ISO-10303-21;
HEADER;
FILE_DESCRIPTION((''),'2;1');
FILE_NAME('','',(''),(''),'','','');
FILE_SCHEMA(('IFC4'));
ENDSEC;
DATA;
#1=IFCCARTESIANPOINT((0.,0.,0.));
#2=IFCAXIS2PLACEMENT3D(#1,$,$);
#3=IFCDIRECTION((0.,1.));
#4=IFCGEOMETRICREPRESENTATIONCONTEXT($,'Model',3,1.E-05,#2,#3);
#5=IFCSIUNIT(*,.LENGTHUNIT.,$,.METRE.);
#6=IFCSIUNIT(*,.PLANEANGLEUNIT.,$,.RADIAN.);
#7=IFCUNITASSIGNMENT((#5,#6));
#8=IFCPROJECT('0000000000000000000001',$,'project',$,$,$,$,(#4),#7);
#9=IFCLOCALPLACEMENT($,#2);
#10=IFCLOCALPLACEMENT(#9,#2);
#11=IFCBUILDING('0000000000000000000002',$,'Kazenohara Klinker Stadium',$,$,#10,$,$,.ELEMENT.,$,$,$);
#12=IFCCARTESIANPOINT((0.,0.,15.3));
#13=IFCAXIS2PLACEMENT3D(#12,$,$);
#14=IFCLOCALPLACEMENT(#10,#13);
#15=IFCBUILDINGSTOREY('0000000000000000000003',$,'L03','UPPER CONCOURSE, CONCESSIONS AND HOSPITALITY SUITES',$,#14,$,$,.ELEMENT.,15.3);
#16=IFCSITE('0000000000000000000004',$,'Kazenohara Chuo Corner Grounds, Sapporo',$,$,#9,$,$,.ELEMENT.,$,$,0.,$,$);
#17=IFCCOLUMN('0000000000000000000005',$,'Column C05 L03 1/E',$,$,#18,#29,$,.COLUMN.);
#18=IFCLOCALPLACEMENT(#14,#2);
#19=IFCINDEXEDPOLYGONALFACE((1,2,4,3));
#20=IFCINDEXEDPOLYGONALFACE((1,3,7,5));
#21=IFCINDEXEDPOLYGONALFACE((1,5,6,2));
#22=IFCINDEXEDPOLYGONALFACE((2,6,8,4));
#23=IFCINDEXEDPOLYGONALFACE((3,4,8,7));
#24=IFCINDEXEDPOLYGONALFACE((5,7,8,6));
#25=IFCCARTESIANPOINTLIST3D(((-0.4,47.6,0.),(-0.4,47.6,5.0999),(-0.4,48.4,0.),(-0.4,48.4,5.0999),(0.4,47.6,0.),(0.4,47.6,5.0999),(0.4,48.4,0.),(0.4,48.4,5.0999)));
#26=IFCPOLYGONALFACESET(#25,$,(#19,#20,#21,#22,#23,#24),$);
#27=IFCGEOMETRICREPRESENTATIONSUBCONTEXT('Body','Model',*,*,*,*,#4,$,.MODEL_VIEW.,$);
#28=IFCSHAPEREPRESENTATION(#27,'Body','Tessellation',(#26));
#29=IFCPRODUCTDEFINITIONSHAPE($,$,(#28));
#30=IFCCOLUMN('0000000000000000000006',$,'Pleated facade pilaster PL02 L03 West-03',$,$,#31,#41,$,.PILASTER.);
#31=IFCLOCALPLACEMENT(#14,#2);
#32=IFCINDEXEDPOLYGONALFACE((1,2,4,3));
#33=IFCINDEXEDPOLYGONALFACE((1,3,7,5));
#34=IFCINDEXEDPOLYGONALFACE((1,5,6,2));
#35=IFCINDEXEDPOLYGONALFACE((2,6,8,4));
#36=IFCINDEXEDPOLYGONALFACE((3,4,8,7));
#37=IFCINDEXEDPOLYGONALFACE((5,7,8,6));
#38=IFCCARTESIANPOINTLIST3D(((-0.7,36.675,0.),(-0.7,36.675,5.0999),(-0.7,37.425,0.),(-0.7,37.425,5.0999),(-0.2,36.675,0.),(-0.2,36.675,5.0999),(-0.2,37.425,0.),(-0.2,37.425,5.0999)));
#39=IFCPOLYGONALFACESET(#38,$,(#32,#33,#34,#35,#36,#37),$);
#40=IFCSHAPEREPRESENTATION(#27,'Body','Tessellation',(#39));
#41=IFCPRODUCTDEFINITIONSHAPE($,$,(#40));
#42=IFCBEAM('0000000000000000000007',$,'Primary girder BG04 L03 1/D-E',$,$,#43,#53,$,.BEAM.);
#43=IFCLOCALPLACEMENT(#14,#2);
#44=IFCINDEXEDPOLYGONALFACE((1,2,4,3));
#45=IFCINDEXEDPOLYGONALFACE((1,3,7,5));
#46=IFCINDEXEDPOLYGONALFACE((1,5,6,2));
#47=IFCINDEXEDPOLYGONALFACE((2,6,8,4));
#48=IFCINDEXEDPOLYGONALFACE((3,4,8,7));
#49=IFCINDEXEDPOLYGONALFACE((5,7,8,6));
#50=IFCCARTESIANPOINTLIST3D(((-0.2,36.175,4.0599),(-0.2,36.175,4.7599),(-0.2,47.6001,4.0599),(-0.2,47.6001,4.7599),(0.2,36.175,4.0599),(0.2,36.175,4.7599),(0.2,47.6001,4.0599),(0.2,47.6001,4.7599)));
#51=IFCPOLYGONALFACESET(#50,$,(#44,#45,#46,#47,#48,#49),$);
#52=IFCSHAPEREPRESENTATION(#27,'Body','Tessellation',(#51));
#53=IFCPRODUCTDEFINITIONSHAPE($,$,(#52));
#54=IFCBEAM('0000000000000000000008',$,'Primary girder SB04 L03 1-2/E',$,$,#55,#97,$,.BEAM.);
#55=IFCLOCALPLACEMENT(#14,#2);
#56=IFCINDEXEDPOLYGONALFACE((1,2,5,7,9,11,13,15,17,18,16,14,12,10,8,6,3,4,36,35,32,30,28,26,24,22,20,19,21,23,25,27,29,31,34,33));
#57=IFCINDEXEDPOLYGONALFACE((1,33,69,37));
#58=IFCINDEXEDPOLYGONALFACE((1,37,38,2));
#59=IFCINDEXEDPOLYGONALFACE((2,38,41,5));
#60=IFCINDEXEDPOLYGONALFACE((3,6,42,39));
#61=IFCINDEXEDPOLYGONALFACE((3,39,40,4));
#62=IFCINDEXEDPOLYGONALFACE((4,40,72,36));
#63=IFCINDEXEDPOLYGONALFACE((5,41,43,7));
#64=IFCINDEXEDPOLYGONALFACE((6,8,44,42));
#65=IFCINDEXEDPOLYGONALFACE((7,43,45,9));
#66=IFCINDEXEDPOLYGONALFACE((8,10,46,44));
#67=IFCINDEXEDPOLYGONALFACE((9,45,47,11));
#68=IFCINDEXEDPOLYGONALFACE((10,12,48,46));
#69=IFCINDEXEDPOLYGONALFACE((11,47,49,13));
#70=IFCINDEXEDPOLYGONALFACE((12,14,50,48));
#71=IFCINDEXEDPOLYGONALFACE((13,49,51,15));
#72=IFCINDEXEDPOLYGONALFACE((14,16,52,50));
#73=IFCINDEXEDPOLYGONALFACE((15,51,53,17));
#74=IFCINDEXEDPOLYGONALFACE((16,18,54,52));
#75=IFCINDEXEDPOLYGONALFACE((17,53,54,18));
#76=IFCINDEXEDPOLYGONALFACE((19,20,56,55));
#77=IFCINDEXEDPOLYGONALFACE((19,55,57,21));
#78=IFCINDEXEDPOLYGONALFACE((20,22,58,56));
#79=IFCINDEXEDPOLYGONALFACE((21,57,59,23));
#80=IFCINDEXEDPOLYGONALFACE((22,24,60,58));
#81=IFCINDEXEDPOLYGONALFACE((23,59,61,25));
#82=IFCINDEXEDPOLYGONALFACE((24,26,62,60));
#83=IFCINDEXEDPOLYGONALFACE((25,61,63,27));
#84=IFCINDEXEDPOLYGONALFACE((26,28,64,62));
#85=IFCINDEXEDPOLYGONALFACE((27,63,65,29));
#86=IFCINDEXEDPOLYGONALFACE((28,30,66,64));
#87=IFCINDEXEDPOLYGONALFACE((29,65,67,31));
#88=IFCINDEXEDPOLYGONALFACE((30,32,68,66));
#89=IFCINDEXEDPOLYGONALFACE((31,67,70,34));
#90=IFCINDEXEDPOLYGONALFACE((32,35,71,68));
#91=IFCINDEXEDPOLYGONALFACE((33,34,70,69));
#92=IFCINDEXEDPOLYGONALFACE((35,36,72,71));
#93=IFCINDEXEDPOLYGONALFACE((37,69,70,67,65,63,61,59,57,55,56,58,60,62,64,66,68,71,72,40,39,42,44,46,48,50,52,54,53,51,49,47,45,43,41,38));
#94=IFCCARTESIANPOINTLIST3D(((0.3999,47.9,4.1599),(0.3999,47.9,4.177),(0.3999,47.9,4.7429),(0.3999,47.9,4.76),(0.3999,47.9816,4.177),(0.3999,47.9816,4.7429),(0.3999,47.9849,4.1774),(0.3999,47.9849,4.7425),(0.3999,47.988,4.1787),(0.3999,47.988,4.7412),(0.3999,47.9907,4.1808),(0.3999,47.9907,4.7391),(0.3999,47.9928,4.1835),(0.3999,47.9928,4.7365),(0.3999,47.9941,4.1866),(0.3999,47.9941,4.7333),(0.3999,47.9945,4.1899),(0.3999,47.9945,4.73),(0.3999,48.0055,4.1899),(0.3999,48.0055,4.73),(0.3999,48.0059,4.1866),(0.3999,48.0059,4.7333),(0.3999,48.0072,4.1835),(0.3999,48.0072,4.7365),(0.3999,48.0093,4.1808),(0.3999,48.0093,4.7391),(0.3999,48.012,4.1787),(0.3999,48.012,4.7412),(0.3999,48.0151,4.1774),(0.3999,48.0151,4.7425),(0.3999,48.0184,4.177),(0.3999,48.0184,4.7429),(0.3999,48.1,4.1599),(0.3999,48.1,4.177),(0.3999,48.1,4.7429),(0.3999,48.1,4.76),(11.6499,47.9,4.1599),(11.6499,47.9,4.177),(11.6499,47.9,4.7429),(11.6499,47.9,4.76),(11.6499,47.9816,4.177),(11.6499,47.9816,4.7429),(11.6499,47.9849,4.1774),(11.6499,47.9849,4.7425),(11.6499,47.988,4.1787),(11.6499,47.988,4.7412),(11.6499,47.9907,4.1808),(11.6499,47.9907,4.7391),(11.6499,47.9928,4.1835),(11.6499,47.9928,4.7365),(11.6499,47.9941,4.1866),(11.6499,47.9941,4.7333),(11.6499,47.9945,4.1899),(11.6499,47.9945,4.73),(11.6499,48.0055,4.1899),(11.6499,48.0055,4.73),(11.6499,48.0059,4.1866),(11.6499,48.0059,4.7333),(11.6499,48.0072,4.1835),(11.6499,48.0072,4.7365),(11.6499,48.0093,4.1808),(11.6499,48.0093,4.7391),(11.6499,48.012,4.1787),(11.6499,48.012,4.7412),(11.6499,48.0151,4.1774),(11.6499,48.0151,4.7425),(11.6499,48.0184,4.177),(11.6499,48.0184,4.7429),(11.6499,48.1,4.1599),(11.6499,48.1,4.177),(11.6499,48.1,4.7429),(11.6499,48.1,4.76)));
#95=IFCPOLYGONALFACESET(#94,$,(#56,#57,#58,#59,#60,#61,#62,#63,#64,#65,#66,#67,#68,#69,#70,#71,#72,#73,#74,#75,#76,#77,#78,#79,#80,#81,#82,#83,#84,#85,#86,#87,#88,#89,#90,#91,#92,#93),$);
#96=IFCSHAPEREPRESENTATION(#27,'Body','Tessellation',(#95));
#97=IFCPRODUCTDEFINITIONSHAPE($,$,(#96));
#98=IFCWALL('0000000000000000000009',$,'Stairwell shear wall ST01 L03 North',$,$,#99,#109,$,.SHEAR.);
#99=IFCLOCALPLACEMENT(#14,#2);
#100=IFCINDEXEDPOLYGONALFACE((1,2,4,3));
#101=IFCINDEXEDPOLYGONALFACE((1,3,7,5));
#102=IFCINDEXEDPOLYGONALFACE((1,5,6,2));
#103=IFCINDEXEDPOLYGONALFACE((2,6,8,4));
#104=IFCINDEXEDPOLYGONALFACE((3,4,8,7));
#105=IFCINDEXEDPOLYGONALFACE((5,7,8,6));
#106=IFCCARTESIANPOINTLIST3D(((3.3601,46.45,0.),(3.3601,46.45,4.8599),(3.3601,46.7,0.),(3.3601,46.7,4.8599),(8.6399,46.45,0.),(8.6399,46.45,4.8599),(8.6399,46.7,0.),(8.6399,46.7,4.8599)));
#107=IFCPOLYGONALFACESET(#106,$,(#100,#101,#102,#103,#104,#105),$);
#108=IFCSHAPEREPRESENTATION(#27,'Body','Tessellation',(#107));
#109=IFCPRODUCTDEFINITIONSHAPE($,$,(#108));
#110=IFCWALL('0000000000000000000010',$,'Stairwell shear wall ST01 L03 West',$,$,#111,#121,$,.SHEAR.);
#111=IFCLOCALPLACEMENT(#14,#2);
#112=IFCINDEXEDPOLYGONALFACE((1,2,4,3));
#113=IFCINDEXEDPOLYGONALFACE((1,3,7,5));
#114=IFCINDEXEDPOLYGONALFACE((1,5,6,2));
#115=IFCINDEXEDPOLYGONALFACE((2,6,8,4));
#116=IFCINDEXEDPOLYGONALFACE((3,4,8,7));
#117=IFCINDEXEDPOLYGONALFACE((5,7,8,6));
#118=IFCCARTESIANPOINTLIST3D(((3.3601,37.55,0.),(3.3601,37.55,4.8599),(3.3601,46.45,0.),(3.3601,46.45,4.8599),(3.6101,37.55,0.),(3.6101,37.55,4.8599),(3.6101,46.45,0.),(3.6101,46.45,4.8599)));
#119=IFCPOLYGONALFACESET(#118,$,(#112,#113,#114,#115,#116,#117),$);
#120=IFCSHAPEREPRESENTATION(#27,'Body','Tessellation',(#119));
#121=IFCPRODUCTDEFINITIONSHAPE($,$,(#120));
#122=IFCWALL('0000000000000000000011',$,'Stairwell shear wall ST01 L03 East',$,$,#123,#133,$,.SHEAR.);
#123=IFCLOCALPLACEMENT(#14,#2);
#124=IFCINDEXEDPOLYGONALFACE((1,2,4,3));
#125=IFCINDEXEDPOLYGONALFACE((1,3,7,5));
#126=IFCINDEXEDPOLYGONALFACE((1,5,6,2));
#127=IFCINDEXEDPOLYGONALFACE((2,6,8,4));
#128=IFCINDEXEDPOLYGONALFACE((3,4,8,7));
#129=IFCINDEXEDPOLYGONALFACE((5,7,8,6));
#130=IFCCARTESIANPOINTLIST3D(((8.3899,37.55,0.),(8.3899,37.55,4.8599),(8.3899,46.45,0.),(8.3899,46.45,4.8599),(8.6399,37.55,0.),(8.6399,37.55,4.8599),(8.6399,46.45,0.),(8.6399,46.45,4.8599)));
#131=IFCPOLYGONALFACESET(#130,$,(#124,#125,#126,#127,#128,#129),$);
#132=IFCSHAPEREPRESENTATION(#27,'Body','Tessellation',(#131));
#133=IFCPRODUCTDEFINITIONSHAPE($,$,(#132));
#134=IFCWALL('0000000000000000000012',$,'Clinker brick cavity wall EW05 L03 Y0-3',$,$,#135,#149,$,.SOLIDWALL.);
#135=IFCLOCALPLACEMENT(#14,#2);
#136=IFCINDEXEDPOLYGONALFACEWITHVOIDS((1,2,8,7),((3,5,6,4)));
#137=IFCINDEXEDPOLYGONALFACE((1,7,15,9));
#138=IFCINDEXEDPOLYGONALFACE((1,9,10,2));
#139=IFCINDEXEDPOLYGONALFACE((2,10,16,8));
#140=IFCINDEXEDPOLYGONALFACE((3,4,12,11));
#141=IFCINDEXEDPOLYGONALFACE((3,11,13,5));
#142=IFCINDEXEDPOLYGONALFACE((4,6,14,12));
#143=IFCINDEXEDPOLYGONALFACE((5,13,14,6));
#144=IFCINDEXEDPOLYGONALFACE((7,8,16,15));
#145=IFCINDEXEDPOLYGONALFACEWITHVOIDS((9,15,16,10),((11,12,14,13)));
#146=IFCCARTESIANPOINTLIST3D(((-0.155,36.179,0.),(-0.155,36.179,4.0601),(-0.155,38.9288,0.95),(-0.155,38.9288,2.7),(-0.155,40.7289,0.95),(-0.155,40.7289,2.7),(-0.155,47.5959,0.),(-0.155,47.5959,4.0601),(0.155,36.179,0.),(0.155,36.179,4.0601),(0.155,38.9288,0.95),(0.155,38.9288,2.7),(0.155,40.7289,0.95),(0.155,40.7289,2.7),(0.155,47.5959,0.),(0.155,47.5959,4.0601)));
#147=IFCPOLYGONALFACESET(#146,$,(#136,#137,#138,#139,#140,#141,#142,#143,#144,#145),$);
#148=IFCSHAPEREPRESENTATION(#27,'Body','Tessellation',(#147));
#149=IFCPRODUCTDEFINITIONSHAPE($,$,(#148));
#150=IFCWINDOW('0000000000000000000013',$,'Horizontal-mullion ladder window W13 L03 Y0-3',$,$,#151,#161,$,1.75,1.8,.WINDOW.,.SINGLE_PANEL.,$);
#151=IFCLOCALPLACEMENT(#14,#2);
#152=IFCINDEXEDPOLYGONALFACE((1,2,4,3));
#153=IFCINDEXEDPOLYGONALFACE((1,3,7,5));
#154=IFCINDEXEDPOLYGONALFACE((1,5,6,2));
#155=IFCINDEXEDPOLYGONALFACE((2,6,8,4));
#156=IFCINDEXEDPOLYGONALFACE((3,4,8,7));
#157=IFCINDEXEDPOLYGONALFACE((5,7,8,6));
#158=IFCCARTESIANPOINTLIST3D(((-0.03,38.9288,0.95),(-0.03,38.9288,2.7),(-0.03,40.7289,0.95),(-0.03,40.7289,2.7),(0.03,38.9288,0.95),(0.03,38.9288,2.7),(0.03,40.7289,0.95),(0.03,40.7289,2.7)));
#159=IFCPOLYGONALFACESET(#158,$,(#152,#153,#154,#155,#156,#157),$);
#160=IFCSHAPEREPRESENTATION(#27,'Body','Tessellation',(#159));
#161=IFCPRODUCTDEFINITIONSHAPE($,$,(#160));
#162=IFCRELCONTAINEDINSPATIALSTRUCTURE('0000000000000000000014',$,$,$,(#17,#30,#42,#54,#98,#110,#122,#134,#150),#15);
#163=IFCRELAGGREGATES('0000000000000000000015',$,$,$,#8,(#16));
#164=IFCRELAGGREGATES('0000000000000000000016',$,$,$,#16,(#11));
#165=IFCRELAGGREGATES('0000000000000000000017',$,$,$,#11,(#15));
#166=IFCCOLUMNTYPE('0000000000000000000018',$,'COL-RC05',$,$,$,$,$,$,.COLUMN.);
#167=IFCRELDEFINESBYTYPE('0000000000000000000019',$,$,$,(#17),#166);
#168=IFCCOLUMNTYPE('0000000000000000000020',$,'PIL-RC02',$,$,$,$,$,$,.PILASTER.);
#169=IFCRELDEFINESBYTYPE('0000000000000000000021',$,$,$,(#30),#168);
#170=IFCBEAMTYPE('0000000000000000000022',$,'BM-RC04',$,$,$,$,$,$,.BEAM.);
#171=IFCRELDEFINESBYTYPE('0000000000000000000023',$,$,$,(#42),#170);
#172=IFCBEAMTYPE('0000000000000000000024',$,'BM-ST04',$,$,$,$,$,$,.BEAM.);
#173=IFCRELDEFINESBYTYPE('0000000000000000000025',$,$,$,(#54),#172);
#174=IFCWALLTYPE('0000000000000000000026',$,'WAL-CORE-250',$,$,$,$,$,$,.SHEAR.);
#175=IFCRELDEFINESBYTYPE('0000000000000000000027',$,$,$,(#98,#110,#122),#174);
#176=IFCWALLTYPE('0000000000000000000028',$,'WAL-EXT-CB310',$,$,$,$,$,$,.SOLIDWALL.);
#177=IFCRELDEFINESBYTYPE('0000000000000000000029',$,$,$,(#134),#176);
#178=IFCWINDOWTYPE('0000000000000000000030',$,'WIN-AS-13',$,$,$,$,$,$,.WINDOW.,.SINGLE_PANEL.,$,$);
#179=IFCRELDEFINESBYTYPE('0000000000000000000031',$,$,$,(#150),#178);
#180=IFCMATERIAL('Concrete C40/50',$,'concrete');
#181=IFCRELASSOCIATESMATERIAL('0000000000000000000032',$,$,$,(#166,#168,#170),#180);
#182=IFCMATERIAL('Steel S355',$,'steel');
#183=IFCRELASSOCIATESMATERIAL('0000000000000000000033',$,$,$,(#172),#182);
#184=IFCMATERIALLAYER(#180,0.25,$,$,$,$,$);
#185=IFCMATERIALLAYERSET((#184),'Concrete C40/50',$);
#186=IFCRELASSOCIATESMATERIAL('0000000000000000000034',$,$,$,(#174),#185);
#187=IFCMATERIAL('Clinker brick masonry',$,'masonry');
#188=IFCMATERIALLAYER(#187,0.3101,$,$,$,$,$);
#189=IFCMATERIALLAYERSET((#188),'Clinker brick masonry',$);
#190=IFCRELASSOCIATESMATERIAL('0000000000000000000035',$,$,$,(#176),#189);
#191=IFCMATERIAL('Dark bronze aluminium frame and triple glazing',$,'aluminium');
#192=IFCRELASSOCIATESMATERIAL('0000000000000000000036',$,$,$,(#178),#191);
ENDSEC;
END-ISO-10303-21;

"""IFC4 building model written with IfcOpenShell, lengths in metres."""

from ifc_helpers import new_model, si_unit, direction, frame, frame_2d, origin, origin_2d, place, context, subcontext, project, spatial, rectangle, i_section, extrude, material, layer, layer_set, material_profile, profile_set, type_object, element, fill, save


model = new_model("IFC4")

# Units and contexts
model_context = context("Model", 3, precision=1e-05, world=origin(), true_north=direction((0.0, 1.0)))
body_context = subcontext(model_context, "Body", "Model", "MODEL_VIEW")
ifc_project = project(units=[si_unit("LENGTHUNIT", "METRE"), si_unit("PLANEANGLEUNIT", "RADIAN")], contexts=[model_context])

# Site, building, storey
site_placement = place(None, origin())
site = spatial("IfcSite", under=ifc_project, at=site_placement, Name="Kazenohara Chuo Corner Grounds, Sapporo", CompositionType="ELEMENT", RefElevation=0.0)
building_placement = place(site_placement, origin())
building = spatial("IfcBuilding", under=site, at=building_placement, Name="Kazenohara Klinker Stadium", CompositionType="ELEMENT")
storey_placement = place(building_placement, frame((0.0, 0.0, 15.3)))
storey = spatial("IfcBuildingStorey", under=building, at=storey_placement, Name="L03", Description="UPPER CONCOURSE, CONCESSIONS AND HOSPITALITY SUITES", CompositionType="ELEMENT", Elevation=15.3)

# Columns
ifc_material_1 = material(Name="Concrete C40/50", Category="concrete")
ifc_material_profile_1 = material_profile(ifc_material_1, rectangle(XDim=0.8, YDim=0.8, at=origin_2d()), Name="RC-COL-800x800")
ifc_profile_set_1 = profile_set([ifc_material_profile_1], Name="Concrete C40/50")
column_type_1 = type_object("IfcColumnType", Name="COL-RC05", PredefinedType="COLUMN", material=ifc_profile_set_1)
column_1_placement = place(storey_placement, frame((0.0, 48.0, 0.0), z_axis=(0.0, 0.0, 1.0), x_axis=(1.0, 0.0, 0.0)))
element("IfcColumn", 1, at=column_1_placement, inside=storey, type_object=column_type_1, Name="Column C05 L03 1/E", PredefinedType="COLUMN", context=body_context, shape_type="SweptSolid", body=[
    extrude(rectangle(XDim=0.8, YDim=0.8, at=origin_2d()), origin(), (0.0, 0.0, 1.0), 5.0999),
])
ifc_material_profile_2 = material_profile(ifc_material_1, rectangle(XDim=0.5, YDim=0.75, at=origin_2d()), Name="RC-PILASTER-500x750")
ifc_profile_set_2 = profile_set([ifc_material_profile_2], Name="Concrete C40/50")
column_type_2 = type_object("IfcColumnType", Name="PIL-RC02", PredefinedType="PILASTER", material=ifc_profile_set_2)
column_2_placement = place(storey_placement, frame((-0.45, 37.05, 0.0), z_axis=(0.0, 0.0, 1.0), x_axis=(1.0, 0.0, 0.0)))
element("IfcColumn", 2, at=column_2_placement, inside=storey, type_object=column_type_2, Name="Pleated facade pilaster PL02 L03 West-03", PredefinedType="PILASTER", context=body_context, shape_type="SweptSolid", body=[
    extrude(rectangle(XDim=0.5, YDim=0.75, at=origin_2d()), origin(), (0.0, 0.0, 1.0), 5.0999),
])

# Beams
ifc_material_profile_3 = material_profile(ifc_material_1, rectangle(XDim=0.3999, YDim=0.7, at=origin_2d()), Name="RC-BM-400x700")
ifc_profile_set_3 = profile_set([ifc_material_profile_3], Name="Concrete C40/50")
beam_type_1 = type_object("IfcBeamType", Name="BM-RC04", PredefinedType="BEAM", material=ifc_profile_set_3)
beam_1_placement = place(storey_placement, frame((0.0, 36.175, 4.4099), z_axis=(0.0, 1.0, 0.0), x_axis=(-1.0, 0.0, 0.0)))
element("IfcBeam", 3, at=beam_1_placement, inside=storey, type_object=beam_type_1, Name="Primary girder BG04 L03 1/D-E", PredefinedType="BEAM", context=body_context, shape_type="SweptSolid", body=[
    extrude(rectangle(XDim=0.3999, YDim=0.7, at=origin_2d()), origin(), (0.0, 0.0, 1.0), 11.425),
])
ifc_material_2 = material(Name="Steel S355", Category="steel")
ifc_material_profile_4 = material_profile(ifc_material_2, i_section(OverallWidth=0.2, OverallDepth=0.6001, WebThickness=0.011, FlangeThickness=0.0171, FilletRadius=0.0129, at=origin_2d()), Name="H-600x200x11x17")
ifc_profile_set_4 = profile_set([ifc_material_profile_4], Name="Steel S355")
beam_type_2 = type_object("IfcBeamType", Name="BM-ST04", PredefinedType="BEAM", material=ifc_profile_set_4)
beam_2_placement = place(storey_placement, frame((0.3999, 48.0, 4.46), z_axis=(1.0, 0.0, 0.0), x_axis=(0.0, 1.0, 0.0)))
element("IfcBeam", 4, at=beam_2_placement, inside=storey, type_object=beam_type_2, Name="Primary girder SB04 L03 1-2/E", PredefinedType="BEAM", context=body_context, shape_type="SweptSolid", body=[
    extrude(i_section(OverallWidth=0.2, OverallDepth=0.6001, WebThickness=0.011, FlangeThickness=0.0171, FilletRadius=0.0129, at=origin_2d()), origin(), (0.0, 0.0, 1.0), 11.25),
])

# Shared definitions
ifc_layer_1 = layer(ifc_material_1, 0.25)
ifc_layer_set_1 = layer_set([ifc_layer_1], Name="Concrete C40/50")
wall_type_1 = type_object("IfcWallType", Name="WAL-CORE-250", PredefinedType="SHEAR", material=ifc_layer_set_1)

# Walls
wall_1_placement = place(storey_placement, frame((3.3601, 46.575, 0.0), z_axis=(0.0, 0.0, 1.0), x_axis=(1.0, 0.0, 0.0)))
element("IfcWall", 5, at=wall_1_placement, inside=storey, type_object=wall_type_1, Name="Stairwell shear wall ST01 L03 North", PredefinedType="SHEAR", context=body_context, shape_type="SweptSolid", body=[
    extrude(rectangle(XDim=5.2798, YDim=0.25, at=frame_2d((2.6399, 0.0))), origin(), (0.0, 0.0, 1.0), 4.8599),
])
for number, where, z_axis, x_axis, name in (
    (6, (3.4851, 37.55, 0.0), (0.0, 0.0, 1.0), (0.0, 1.0, 0.0), "Stairwell shear wall ST01 L03 West"),
    (7, (8.5149, 37.55, 0.0), (0.0, 0.0, 1.0), (0.0, 1.0, 0.0), "Stairwell shear wall ST01 L03 East"),
):
    element("IfcWall", number, at=place(storey_placement, frame(where, z_axis=z_axis, x_axis=x_axis)), inside=storey, type_object=wall_type_1, Name=name, PredefinedType="SHEAR", context=body_context, shape_type="SweptSolid", body=[
        extrude(rectangle(XDim=8.8999, YDim=0.25, at=frame_2d((4.45, 0.0))), origin(), (0.0, 0.0, 1.0), 4.8599),
    ])

# Wall, opening, window
ifc_material_3 = material(Name="Clinker brick masonry", Category="masonry")
ifc_layer_2 = layer(ifc_material_3, 0.3101)
ifc_layer_set_2 = layer_set([ifc_layer_2], Name="Clinker brick masonry")
wall_type_2 = type_object("IfcWallType", Name="WAL-EXT-CB310", PredefinedType="SOLIDWALL", material=ifc_layer_set_2)
wall_2_placement = place(storey_placement, frame((0.0, 36.179, 0.0), z_axis=(0.0, 0.0, 1.0), x_axis=(0.0, 1.0, 0.0)))
wall_2 = element("IfcWall", 8, at=wall_2_placement, inside=storey, type_object=wall_type_2, Name="Clinker brick cavity wall EW05 L03 Y0-3", PredefinedType="SOLIDWALL", context=body_context, shape_type="SweptSolid", body=[
    extrude(rectangle(XDim=11.417, YDim=0.3101, at=frame_2d((5.7085, 0.0))), origin(), (0.0, 0.0, 1.0), 4.0601),
])
opening_1_placement = place(wall_2_placement, frame((2.75, 0.0, 0.95)))
opening_1 = element("IfcOpeningElement", 9, at=opening_1_placement, cuts=wall_2, PredefinedType="OPENING", context=body_context, shape_type="SweptSolid", body=[
    extrude(rectangle(XDim=1.8, YDim=1.75, at=frame_2d((0.8999, 0.875))), frame((0.0, 0.165, 0.0), z_axis=(0.0, -1.0, 0.0), x_axis=(1.0, 0.0, 0.0)), (0.0, 0.0, 1.0), 0.3301),
])
ifc_material_4 = material(Name="Dark bronze aluminium frame and triple glazing", Category="aluminium")
window_type = type_object("IfcWindowType", Name="WIN-AS-13", PartitioningType="SINGLE_PANEL", PredefinedType="WINDOW", material=ifc_material_4)
window_placement = place(opening_1_placement, origin())
window = element("IfcWindow", 10, at=window_placement, inside=storey, type_object=window_type, Name="Horizontal-mullion ladder window W13 L03 Y0-3", OverallHeight=1.75, OverallWidth=1.8, PartitioningType="SINGLE_PANEL", PredefinedType="WINDOW", context=body_context, shape_type="SweptSolid", body=[
    extrude(rectangle(XDim=1.8, YDim=1.75, at=frame_2d((0.8999, 0.875))), frame((0.0, 0.03, 0.0), z_axis=(0.0, -1.0, 0.0), x_axis=(1.0, 0.0, 0.0)), (0.0, 0.0, 1.0), 0.0601),
])
fill(opening_1, window)

save(model, "model.ifc")
